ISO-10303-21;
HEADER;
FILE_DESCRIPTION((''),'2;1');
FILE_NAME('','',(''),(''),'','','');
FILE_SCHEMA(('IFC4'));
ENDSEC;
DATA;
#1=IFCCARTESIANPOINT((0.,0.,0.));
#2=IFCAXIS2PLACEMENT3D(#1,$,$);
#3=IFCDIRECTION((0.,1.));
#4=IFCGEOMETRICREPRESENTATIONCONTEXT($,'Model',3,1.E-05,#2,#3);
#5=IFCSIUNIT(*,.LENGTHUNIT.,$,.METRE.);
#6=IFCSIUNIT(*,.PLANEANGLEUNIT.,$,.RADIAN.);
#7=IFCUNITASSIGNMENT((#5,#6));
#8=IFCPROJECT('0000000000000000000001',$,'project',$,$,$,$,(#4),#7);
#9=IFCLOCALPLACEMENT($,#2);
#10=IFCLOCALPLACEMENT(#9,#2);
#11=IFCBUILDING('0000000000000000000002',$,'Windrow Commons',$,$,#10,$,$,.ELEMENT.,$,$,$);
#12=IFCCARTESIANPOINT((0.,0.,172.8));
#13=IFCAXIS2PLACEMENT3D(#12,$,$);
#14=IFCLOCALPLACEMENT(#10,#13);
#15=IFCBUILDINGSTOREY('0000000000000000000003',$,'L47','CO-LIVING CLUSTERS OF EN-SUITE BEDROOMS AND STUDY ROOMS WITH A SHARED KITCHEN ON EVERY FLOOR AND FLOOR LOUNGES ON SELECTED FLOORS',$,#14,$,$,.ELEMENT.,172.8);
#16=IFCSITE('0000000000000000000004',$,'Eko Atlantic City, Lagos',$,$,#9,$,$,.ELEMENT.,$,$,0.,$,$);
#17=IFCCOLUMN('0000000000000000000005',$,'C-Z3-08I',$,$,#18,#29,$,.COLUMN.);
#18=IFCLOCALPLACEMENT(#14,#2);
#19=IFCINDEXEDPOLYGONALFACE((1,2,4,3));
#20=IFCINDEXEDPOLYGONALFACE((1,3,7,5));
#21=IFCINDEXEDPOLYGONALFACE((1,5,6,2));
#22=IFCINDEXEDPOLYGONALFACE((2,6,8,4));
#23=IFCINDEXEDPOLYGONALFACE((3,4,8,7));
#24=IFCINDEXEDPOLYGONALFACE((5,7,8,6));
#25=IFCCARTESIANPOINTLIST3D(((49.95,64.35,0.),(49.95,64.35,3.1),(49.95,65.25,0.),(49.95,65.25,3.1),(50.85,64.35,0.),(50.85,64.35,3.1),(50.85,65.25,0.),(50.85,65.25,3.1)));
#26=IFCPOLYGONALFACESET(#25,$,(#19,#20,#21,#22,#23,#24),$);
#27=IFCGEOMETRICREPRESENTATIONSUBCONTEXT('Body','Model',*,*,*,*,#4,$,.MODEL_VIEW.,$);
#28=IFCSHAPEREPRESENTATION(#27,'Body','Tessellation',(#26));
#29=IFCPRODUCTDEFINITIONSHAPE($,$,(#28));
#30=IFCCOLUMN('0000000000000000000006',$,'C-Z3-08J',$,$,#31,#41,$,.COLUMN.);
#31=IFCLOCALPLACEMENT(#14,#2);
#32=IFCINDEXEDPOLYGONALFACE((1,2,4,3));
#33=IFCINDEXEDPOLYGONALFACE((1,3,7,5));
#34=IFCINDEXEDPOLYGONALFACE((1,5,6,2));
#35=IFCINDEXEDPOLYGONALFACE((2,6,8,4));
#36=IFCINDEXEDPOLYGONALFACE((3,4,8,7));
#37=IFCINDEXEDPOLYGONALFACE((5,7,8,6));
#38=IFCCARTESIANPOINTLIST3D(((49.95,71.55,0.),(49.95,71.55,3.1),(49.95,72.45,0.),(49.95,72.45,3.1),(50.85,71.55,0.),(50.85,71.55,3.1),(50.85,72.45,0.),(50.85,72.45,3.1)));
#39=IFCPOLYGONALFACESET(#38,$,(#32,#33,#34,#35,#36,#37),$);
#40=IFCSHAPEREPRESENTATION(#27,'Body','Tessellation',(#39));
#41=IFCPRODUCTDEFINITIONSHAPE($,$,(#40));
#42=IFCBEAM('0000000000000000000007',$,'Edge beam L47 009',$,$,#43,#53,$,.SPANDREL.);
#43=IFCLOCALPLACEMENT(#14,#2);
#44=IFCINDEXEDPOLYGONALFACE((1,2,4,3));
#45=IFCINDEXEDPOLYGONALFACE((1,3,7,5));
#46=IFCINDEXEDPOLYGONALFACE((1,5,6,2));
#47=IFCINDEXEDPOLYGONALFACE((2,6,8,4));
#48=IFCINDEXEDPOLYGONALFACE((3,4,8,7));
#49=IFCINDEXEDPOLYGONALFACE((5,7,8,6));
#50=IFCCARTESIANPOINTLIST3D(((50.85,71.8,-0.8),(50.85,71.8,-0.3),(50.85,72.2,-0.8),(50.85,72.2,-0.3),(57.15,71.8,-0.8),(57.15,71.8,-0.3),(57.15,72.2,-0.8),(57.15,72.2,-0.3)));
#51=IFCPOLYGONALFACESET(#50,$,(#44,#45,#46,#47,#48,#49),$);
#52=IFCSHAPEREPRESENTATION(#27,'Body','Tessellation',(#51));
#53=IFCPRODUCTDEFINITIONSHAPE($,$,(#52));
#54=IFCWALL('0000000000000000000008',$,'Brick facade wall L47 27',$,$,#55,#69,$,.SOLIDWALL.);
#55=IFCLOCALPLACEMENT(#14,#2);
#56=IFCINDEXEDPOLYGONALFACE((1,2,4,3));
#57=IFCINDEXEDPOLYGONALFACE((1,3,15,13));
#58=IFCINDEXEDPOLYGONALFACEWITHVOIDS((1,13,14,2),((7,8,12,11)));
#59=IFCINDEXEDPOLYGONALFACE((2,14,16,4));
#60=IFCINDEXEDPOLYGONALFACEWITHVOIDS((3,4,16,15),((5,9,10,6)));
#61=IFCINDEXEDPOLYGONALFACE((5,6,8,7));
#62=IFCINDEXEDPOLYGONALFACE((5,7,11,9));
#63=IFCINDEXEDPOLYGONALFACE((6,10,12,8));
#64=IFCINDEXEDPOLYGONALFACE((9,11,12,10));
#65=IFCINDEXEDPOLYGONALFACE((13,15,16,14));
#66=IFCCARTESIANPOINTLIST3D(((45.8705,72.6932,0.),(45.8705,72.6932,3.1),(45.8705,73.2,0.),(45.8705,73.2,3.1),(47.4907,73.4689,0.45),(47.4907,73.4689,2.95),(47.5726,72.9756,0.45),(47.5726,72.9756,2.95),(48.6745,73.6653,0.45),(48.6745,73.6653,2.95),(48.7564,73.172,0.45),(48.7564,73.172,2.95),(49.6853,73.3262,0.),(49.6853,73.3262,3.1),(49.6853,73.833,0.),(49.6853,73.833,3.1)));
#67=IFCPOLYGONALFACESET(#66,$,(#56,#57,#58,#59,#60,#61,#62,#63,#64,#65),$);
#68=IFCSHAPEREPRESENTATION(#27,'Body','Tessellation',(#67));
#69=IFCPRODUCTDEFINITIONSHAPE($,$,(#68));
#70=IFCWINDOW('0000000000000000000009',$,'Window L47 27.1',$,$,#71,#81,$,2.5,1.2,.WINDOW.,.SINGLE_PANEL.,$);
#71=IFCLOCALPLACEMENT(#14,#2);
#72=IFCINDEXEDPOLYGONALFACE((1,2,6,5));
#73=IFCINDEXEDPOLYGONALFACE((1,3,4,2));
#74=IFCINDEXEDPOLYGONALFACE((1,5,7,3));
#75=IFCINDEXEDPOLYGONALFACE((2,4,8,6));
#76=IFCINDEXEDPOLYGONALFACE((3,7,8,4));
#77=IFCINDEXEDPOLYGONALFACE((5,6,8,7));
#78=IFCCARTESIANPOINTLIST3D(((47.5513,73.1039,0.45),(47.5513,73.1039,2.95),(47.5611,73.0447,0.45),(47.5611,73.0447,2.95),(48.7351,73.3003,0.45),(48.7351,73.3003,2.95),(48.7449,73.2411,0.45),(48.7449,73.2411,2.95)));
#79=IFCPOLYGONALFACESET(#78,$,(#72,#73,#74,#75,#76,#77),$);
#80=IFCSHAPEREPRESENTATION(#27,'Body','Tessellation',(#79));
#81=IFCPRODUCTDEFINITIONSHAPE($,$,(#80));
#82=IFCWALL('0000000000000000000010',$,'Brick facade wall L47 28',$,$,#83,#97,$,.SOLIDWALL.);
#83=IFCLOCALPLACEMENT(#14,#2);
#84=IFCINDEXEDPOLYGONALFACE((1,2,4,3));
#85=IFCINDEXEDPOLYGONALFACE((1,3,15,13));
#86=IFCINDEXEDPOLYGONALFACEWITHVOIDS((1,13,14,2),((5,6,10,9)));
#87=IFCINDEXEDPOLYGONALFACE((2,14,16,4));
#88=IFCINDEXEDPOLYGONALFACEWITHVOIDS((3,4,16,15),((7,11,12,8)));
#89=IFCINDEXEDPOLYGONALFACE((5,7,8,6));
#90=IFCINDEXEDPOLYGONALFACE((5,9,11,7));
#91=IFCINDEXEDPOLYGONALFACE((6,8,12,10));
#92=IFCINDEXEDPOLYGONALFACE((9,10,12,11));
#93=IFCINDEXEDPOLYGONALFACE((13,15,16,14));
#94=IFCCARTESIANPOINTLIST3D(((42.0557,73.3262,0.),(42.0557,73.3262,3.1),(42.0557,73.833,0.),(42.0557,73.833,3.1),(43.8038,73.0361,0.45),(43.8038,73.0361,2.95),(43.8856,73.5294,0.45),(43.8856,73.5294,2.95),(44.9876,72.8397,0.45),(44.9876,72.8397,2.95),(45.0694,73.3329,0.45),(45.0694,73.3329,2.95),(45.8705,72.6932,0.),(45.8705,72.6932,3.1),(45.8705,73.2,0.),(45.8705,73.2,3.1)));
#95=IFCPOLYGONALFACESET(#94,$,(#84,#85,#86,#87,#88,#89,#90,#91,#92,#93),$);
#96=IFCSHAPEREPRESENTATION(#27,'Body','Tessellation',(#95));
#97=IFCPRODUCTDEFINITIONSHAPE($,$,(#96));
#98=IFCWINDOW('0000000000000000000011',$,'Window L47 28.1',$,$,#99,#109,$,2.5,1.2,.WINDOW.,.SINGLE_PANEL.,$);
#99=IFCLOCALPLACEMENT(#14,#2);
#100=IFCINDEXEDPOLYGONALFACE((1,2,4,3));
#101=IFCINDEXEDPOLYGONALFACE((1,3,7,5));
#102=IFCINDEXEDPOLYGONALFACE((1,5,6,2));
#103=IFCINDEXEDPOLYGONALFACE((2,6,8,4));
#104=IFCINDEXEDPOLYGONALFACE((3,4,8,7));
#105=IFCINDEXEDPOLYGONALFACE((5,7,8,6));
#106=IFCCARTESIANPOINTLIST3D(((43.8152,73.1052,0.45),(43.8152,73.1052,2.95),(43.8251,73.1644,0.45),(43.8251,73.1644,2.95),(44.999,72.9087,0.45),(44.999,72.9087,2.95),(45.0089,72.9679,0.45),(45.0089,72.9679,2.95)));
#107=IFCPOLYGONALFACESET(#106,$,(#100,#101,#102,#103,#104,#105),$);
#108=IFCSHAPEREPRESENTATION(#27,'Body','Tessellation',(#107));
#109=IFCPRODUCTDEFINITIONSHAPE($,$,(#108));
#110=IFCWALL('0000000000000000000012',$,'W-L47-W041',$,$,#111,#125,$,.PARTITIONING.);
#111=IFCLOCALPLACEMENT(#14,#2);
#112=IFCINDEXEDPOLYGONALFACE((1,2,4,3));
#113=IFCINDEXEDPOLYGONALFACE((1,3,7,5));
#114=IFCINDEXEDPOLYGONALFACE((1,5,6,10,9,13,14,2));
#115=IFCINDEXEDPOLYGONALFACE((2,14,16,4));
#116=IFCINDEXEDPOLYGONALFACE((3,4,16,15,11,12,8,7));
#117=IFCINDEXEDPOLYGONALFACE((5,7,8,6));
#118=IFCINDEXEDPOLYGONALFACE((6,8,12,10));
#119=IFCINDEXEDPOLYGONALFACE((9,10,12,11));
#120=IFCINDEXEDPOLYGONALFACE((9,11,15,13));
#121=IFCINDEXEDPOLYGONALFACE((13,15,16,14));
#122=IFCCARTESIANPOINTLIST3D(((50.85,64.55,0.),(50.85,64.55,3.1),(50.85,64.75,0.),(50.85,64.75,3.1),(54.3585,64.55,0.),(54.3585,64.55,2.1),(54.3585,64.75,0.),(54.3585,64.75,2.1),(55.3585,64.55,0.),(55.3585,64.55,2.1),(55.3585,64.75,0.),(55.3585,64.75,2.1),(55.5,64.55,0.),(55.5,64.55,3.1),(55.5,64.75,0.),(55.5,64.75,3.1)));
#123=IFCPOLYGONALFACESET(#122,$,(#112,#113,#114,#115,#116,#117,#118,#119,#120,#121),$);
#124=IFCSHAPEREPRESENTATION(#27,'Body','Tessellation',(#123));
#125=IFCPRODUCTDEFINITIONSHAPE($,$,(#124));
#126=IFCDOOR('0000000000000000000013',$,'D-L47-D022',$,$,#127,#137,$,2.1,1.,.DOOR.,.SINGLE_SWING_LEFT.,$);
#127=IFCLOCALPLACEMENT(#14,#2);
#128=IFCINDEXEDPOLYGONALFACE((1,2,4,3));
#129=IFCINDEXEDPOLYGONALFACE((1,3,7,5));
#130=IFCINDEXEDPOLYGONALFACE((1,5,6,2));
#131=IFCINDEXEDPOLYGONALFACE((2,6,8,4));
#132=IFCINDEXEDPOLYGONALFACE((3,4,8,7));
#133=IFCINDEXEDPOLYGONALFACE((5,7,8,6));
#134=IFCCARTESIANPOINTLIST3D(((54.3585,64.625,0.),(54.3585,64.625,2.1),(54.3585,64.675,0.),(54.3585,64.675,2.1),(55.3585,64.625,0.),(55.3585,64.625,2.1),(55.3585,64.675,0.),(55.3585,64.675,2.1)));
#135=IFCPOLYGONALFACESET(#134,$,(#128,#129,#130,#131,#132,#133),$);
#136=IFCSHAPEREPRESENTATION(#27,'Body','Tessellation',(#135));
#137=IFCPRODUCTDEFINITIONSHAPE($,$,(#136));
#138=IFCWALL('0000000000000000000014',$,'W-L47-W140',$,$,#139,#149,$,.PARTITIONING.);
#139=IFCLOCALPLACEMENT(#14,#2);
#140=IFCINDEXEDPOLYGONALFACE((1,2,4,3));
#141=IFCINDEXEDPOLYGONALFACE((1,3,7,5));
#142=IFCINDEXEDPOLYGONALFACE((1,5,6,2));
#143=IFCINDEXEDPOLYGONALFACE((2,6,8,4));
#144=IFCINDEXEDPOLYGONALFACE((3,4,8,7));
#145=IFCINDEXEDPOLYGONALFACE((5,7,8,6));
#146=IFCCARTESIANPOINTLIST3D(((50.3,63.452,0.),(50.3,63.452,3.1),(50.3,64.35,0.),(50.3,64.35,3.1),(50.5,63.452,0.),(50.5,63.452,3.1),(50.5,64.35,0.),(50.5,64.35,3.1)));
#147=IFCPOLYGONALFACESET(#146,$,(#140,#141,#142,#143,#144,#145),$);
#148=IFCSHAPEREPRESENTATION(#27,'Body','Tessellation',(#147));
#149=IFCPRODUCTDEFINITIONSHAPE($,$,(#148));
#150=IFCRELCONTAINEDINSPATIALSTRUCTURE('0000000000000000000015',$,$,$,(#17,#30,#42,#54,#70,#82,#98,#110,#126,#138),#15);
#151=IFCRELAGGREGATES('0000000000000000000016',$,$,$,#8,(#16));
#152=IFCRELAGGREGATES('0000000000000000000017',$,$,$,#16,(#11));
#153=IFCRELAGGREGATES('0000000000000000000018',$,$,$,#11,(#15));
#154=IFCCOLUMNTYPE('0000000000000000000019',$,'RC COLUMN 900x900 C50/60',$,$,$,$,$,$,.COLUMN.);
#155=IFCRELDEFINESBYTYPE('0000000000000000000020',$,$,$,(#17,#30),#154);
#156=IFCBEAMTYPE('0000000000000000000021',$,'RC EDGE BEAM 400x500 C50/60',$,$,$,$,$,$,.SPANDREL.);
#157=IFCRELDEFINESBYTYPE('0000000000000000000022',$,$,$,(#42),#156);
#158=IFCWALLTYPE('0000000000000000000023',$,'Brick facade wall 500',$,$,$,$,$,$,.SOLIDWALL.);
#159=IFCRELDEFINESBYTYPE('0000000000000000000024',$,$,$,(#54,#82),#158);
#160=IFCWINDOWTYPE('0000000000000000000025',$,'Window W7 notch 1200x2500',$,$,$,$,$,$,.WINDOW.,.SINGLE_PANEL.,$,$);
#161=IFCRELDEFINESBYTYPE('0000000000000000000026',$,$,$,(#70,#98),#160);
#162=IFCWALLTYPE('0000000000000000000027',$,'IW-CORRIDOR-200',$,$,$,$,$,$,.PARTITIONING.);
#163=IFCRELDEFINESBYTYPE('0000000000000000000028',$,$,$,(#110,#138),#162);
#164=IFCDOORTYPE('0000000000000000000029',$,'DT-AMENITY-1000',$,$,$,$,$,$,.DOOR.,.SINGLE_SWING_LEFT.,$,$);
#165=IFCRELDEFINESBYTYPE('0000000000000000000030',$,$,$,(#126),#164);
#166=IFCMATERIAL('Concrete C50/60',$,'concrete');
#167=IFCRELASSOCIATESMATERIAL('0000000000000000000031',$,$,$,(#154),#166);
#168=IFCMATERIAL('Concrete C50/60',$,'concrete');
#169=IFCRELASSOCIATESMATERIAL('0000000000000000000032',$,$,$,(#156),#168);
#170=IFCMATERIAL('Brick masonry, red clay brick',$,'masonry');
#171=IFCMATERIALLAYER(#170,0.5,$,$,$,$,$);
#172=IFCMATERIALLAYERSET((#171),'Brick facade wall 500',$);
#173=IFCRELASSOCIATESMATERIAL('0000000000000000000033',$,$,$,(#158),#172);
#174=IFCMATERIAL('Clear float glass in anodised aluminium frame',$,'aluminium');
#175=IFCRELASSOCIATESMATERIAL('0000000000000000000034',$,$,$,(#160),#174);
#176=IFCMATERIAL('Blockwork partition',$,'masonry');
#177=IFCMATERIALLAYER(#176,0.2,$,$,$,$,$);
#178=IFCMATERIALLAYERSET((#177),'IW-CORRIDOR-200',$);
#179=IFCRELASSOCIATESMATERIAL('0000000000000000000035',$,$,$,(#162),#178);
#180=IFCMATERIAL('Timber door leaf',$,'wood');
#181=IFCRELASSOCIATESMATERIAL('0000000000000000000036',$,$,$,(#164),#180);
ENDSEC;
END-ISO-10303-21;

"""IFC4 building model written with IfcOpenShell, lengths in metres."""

from ifc_helpers import new_model, si_unit, direction, frame, frame_2d, origin, origin_2d, place, context, subcontext, project, spatial, polyline, rectangle, outline, extrude, material, layer, layer_set, material_profile, profile_set, type_object, element, fill, save


model = new_model("IFC4")

# Units and contexts
model_context = context("Model", 3, precision=1e-05, world=origin(), true_north=direction((0.0, 1.0)))
body_context = subcontext(model_context, "Body", "Model", "MODEL_VIEW")
ifc_project = project(units=[si_unit("LENGTHUNIT", "METRE"), si_unit("PLANEANGLEUNIT", "RADIAN")], contexts=[model_context])

# Site, building, storey
site_placement = place(None, origin())
site = spatial("IfcSite", under=ifc_project, at=site_placement, Name="Eko Atlantic City, Lagos", CompositionType="ELEMENT", RefElevation=0.0)
building_placement = place(site_placement, origin())
building = spatial("IfcBuilding", under=site, at=building_placement, Name="Windrow Commons", CompositionType="ELEMENT")
storey_placement = place(building_placement, frame((0.0, 0.0, 172.8)))
storey = spatial("IfcBuildingStorey", under=building, at=storey_placement, Name="L47", Description="CO-LIVING CLUSTERS OF EN-SUITE BEDROOMS AND STUDY ROOMS WITH A SHARED KITCHEN ON EVERY FLOOR AND FLOOR LOUNGES ON SELECTED FLOORS", CompositionType="ELEMENT", Elevation=172.8)

# Columns
ifc_material_1 = material(Name="Concrete C50/60", Category="concrete")
ifc_material_profile_1 = material_profile(ifc_material_1, rectangle(XDim=0.9, YDim=0.9, at=origin_2d()))
ifc_profile_set_1 = profile_set([ifc_material_profile_1], Name="Concrete C50/60")
column_type = type_object("IfcColumnType", Name="RC COLUMN 900x900 C50/60", PredefinedType="COLUMN", material=ifc_profile_set_1)
for number, where, z_axis, x_axis, name in (
    (1, (50.4, 64.8, 0.0), (0.0, 0.0, 1.0), (1.0, 0.0, 0.0), "C-Z3-08I"),
    (2, (50.4, 72.0, 0.0), (0.0, 0.0, 1.0), (1.0, 0.0, 0.0), "C-Z3-08J"),
):
    element("IfcColumn", number, at=place(storey_placement, frame(where, z_axis=z_axis, x_axis=x_axis)), inside=storey, type_object=column_type, Name=name, PredefinedType="COLUMN", context=body_context, shape_type="SweptSolid", body=[
        extrude(rectangle(XDim=0.9, YDim=0.9, at=origin_2d()), origin(), (0.0, 0.0, 1.0), 3.1),
    ])

# Beam
ifc_material_2 = material(Name="Concrete C50/60", Category="concrete")
ifc_material_profile_2 = material_profile(ifc_material_2, rectangle(XDim=0.4, YDim=0.5, at=origin_2d()))
ifc_profile_set_2 = profile_set([ifc_material_profile_2], Name="Concrete C50/60")
beam_type = type_object("IfcBeamType", Name="RC EDGE BEAM 400x500 C50/60", PredefinedType="SPANDREL", material=ifc_profile_set_2)
beam_placement = place(storey_placement, frame((50.85, 72.0, -0.55), z_axis=(1.0, 0.0, 0.0), x_axis=(0.0, 1.0, 0.0)))
element("IfcBeam", 3, at=beam_placement, inside=storey, type_object=beam_type, Name="Edge beam L47 009", PredefinedType="SPANDREL", context=body_context, shape_type="SweptSolid", body=[
    extrude(rectangle(XDim=0.4, YDim=0.5, at=origin_2d()), origin(), (0.0, 0.0, 1.0), 6.3),
])

# Walls, openings, windows
ifc_material_3 = material(Name="Brick masonry, red clay brick", Category="masonry")
ifc_layer_1 = layer(ifc_material_3, 0.5)
ifc_layer_set_1 = layer_set([ifc_layer_1], Name="Brick facade wall 500")
wall_type_1 = type_object("IfcWallType", Name="Brick facade wall 500", PredefinedType="SOLIDWALL", material=ifc_layer_set_1)
wall_1_placement = place(storey_placement, frame((49.6853, 73.5796, 0.0), z_axis=(0.0, 0.0, 1.0), x_axis=(-0.986511, -0.163694, 0.0)))
wall_1 = element("IfcWall", 4, at=wall_1_placement, inside=storey, type_object=wall_type_1, Name="Brick facade wall L47 27", PredefinedType="SOLIDWALL", context=body_context, shape_type="SweptSolid", body=[
    extrude(outline(polyline([(-0.0415, -0.25), (3.8255, -0.25), (3.9084, 0.25), (0.0415, 0.25), (-0.0415, -0.25)])), origin(), (0.0, 0.0, 1.0), 3.1),
])
opening_1_placement = place(wall_1_placement, frame((0.9831, 0.0, 0.45)))
opening_1 = element("IfcOpeningElement", 5, at=opening_1_placement, cuts=wall_1, PredefinedType="OPENING", context=body_context, shape_type="SweptSolid", body=[
    extrude(rectangle(XDim=1.2, YDim=2.5, at=frame_2d((0.6, 1.25))), frame((0.0, 0.26, 0.0), z_axis=(0.0, -1.0, 0.0), x_axis=(1.0, 0.0, 0.0)), (0.0, 0.0, 1.0), 0.52),
])
ifc_material_4 = material(Name="Clear float glass in anodised aluminium frame", Category="aluminium")
window_type = type_object("IfcWindowType", Name="Window W7 notch 1200x2500", PartitioningType="SINGLE_PANEL", PredefinedType="WINDOW", material=ifc_material_4)
window_1_placement = place(opening_1_placement, origin())
window_1 = element("IfcWindow", 6, at=window_1_placement, inside=storey, type_object=window_type, Name="Window L47 27.1", OverallHeight=2.5, OverallWidth=1.2, PartitioningType="SINGLE_PANEL", PredefinedType="WINDOW", context=body_context, shape_type="SweptSolid", body=[
    extrude(rectangle(XDim=1.2, YDim=2.5, at=frame_2d((0.6, 1.25))), frame((0.0, 0.18, 0.0), z_axis=(0.0, -1.0, 0.0), x_axis=(1.0, 0.0, 0.0)), (0.0, 0.0, 1.0), 0.06),
])
fill(opening_1, window_1)
wall_2_placement = place(storey_placement, frame((45.8705, 72.9466, 0.0), z_axis=(0.0, 0.0, 1.0), x_axis=(-0.986511, 0.163694, 0.0)))
wall_2 = element("IfcWall", 7, at=wall_2_placement, inside=storey, type_object=wall_type_1, Name="Brick facade wall L47 28", PredefinedType="SOLIDWALL", context=body_context, shape_type="SweptSolid", body=[
    extrude(outline(polyline([(0.0415, -0.25), (3.9084, -0.25), (3.8255, 0.25), (-0.0415, 0.25), (0.0415, -0.25)])), origin(), (0.0, 0.0, 1.0), 3.1),
])
opening_2_placement = place(wall_2_placement, frame((0.8535, 0.0, 0.45)))
opening_2 = element("IfcOpeningElement", 8, at=opening_2_placement, cuts=wall_2, PredefinedType="OPENING", context=body_context, shape_type="SweptSolid", body=[
    extrude(rectangle(XDim=1.2, YDim=2.5, at=frame_2d((0.6, 1.25))), frame((0.0, 0.26, 0.0), z_axis=(0.0, -1.0, 0.0), x_axis=(1.0, 0.0, 0.0)), (0.0, 0.0, 1.0), 0.52),
])
window_2_placement = place(opening_2_placement, origin())
window_2 = element("IfcWindow", 9, at=window_2_placement, inside=storey, type_object=window_type, Name="Window L47 28.1", OverallHeight=2.5, OverallWidth=1.2, PartitioningType="SINGLE_PANEL", PredefinedType="WINDOW", context=body_context, shape_type="SweptSolid", body=[
    extrude(rectangle(XDim=1.2, YDim=2.5, at=frame_2d((0.6, 1.25))), frame((0.0, 0.18, 0.0), z_axis=(0.0, -1.0, 0.0), x_axis=(1.0, 0.0, 0.0)), (0.0, 0.0, 1.0), 0.06),
])
fill(opening_2, window_2)

# Wall, opening, door
ifc_material_5 = material(Name="Blockwork partition", Category="masonry")
ifc_layer_2 = layer(ifc_material_5, 0.2)
ifc_layer_set_2 = layer_set([ifc_layer_2], Name="IW-CORRIDOR-200")
wall_type_2 = type_object("IfcWallType", Name="IW-CORRIDOR-200", PredefinedType="PARTITIONING", material=ifc_layer_set_2)
wall_3_placement = place(storey_placement, frame((50.85, 64.65, 0.0), z_axis=(0.0, 0.0, 1.0), x_axis=(1.0, 0.0, 0.0)))
wall_3 = element("IfcWall", 10, at=wall_3_placement, inside=storey, type_object=wall_type_2, Name="W-L47-W041", PredefinedType="PARTITIONING", context=body_context, shape_type="SweptSolid", body=[
    extrude(rectangle(XDim=4.65, YDim=0.2, at=frame_2d((2.325, 0.0))), origin(), (0.0, 0.0, 1.0), 3.1),
])
opening_3_placement = place(wall_3_placement, frame((3.5085, 0.0, 0.0)))
opening_3 = element("IfcOpeningElement", 11, at=opening_3_placement, cuts=wall_3, PredefinedType="OPENING", context=body_context, shape_type="SweptSolid", body=[
    extrude(rectangle(XDim=1.0, YDim=2.1, at=frame_2d((0.5, 1.05))), frame((0.0, 0.11, 0.0), z_axis=(0.0, -1.0, 0.0), x_axis=(1.0, 0.0, 0.0)), (0.0, 0.0, 1.0), 0.22),
])
ifc_material_6 = material(Name="Timber door leaf", Category="wood")
door_type_1 = type_object("IfcDoorType", Name="DT-AMENITY-1000", OperationType="SINGLE_SWING_LEFT", PredefinedType="DOOR", material=ifc_material_6)
door_1_placement = place(opening_3_placement, origin())
door_1 = element("IfcDoor", 12, at=door_1_placement, inside=storey, type_object=door_type_1, Name="D-L47-D022", OperationType="SINGLE_SWING_LEFT", OverallHeight=2.1, OverallWidth=1.0, PredefinedType="DOOR", context=body_context, shape_type="SweptSolid", body=[
    extrude(rectangle(XDim=1.0, YDim=2.1, at=frame_2d((0.5, 1.05))), frame((0.0, 0.025, 0.0), z_axis=(0.0, -1.0, 0.0), x_axis=(1.0, 0.0, 0.0)), (0.0, 0.0, 1.0), 0.05),
])
fill(opening_3, door_1)

# Wall
wall_4_placement = place(storey_placement, frame((50.4, 63.452, 0.0), z_axis=(0.0, 0.0, 1.0), x_axis=(0.0, 1.0, 0.0)))
element("IfcWall", 13, at=wall_4_placement, inside=storey, type_object=wall_type_2, Name="W-L47-W140", PredefinedType="PARTITIONING", context=body_context, shape_type="SweptSolid", body=[
    extrude(rectangle(XDim=0.898, YDim=0.2, at=frame_2d((0.449, 0.0))), origin(), (0.0, 0.0, 1.0), 3.1),
])

save(model, "model.ifc")
